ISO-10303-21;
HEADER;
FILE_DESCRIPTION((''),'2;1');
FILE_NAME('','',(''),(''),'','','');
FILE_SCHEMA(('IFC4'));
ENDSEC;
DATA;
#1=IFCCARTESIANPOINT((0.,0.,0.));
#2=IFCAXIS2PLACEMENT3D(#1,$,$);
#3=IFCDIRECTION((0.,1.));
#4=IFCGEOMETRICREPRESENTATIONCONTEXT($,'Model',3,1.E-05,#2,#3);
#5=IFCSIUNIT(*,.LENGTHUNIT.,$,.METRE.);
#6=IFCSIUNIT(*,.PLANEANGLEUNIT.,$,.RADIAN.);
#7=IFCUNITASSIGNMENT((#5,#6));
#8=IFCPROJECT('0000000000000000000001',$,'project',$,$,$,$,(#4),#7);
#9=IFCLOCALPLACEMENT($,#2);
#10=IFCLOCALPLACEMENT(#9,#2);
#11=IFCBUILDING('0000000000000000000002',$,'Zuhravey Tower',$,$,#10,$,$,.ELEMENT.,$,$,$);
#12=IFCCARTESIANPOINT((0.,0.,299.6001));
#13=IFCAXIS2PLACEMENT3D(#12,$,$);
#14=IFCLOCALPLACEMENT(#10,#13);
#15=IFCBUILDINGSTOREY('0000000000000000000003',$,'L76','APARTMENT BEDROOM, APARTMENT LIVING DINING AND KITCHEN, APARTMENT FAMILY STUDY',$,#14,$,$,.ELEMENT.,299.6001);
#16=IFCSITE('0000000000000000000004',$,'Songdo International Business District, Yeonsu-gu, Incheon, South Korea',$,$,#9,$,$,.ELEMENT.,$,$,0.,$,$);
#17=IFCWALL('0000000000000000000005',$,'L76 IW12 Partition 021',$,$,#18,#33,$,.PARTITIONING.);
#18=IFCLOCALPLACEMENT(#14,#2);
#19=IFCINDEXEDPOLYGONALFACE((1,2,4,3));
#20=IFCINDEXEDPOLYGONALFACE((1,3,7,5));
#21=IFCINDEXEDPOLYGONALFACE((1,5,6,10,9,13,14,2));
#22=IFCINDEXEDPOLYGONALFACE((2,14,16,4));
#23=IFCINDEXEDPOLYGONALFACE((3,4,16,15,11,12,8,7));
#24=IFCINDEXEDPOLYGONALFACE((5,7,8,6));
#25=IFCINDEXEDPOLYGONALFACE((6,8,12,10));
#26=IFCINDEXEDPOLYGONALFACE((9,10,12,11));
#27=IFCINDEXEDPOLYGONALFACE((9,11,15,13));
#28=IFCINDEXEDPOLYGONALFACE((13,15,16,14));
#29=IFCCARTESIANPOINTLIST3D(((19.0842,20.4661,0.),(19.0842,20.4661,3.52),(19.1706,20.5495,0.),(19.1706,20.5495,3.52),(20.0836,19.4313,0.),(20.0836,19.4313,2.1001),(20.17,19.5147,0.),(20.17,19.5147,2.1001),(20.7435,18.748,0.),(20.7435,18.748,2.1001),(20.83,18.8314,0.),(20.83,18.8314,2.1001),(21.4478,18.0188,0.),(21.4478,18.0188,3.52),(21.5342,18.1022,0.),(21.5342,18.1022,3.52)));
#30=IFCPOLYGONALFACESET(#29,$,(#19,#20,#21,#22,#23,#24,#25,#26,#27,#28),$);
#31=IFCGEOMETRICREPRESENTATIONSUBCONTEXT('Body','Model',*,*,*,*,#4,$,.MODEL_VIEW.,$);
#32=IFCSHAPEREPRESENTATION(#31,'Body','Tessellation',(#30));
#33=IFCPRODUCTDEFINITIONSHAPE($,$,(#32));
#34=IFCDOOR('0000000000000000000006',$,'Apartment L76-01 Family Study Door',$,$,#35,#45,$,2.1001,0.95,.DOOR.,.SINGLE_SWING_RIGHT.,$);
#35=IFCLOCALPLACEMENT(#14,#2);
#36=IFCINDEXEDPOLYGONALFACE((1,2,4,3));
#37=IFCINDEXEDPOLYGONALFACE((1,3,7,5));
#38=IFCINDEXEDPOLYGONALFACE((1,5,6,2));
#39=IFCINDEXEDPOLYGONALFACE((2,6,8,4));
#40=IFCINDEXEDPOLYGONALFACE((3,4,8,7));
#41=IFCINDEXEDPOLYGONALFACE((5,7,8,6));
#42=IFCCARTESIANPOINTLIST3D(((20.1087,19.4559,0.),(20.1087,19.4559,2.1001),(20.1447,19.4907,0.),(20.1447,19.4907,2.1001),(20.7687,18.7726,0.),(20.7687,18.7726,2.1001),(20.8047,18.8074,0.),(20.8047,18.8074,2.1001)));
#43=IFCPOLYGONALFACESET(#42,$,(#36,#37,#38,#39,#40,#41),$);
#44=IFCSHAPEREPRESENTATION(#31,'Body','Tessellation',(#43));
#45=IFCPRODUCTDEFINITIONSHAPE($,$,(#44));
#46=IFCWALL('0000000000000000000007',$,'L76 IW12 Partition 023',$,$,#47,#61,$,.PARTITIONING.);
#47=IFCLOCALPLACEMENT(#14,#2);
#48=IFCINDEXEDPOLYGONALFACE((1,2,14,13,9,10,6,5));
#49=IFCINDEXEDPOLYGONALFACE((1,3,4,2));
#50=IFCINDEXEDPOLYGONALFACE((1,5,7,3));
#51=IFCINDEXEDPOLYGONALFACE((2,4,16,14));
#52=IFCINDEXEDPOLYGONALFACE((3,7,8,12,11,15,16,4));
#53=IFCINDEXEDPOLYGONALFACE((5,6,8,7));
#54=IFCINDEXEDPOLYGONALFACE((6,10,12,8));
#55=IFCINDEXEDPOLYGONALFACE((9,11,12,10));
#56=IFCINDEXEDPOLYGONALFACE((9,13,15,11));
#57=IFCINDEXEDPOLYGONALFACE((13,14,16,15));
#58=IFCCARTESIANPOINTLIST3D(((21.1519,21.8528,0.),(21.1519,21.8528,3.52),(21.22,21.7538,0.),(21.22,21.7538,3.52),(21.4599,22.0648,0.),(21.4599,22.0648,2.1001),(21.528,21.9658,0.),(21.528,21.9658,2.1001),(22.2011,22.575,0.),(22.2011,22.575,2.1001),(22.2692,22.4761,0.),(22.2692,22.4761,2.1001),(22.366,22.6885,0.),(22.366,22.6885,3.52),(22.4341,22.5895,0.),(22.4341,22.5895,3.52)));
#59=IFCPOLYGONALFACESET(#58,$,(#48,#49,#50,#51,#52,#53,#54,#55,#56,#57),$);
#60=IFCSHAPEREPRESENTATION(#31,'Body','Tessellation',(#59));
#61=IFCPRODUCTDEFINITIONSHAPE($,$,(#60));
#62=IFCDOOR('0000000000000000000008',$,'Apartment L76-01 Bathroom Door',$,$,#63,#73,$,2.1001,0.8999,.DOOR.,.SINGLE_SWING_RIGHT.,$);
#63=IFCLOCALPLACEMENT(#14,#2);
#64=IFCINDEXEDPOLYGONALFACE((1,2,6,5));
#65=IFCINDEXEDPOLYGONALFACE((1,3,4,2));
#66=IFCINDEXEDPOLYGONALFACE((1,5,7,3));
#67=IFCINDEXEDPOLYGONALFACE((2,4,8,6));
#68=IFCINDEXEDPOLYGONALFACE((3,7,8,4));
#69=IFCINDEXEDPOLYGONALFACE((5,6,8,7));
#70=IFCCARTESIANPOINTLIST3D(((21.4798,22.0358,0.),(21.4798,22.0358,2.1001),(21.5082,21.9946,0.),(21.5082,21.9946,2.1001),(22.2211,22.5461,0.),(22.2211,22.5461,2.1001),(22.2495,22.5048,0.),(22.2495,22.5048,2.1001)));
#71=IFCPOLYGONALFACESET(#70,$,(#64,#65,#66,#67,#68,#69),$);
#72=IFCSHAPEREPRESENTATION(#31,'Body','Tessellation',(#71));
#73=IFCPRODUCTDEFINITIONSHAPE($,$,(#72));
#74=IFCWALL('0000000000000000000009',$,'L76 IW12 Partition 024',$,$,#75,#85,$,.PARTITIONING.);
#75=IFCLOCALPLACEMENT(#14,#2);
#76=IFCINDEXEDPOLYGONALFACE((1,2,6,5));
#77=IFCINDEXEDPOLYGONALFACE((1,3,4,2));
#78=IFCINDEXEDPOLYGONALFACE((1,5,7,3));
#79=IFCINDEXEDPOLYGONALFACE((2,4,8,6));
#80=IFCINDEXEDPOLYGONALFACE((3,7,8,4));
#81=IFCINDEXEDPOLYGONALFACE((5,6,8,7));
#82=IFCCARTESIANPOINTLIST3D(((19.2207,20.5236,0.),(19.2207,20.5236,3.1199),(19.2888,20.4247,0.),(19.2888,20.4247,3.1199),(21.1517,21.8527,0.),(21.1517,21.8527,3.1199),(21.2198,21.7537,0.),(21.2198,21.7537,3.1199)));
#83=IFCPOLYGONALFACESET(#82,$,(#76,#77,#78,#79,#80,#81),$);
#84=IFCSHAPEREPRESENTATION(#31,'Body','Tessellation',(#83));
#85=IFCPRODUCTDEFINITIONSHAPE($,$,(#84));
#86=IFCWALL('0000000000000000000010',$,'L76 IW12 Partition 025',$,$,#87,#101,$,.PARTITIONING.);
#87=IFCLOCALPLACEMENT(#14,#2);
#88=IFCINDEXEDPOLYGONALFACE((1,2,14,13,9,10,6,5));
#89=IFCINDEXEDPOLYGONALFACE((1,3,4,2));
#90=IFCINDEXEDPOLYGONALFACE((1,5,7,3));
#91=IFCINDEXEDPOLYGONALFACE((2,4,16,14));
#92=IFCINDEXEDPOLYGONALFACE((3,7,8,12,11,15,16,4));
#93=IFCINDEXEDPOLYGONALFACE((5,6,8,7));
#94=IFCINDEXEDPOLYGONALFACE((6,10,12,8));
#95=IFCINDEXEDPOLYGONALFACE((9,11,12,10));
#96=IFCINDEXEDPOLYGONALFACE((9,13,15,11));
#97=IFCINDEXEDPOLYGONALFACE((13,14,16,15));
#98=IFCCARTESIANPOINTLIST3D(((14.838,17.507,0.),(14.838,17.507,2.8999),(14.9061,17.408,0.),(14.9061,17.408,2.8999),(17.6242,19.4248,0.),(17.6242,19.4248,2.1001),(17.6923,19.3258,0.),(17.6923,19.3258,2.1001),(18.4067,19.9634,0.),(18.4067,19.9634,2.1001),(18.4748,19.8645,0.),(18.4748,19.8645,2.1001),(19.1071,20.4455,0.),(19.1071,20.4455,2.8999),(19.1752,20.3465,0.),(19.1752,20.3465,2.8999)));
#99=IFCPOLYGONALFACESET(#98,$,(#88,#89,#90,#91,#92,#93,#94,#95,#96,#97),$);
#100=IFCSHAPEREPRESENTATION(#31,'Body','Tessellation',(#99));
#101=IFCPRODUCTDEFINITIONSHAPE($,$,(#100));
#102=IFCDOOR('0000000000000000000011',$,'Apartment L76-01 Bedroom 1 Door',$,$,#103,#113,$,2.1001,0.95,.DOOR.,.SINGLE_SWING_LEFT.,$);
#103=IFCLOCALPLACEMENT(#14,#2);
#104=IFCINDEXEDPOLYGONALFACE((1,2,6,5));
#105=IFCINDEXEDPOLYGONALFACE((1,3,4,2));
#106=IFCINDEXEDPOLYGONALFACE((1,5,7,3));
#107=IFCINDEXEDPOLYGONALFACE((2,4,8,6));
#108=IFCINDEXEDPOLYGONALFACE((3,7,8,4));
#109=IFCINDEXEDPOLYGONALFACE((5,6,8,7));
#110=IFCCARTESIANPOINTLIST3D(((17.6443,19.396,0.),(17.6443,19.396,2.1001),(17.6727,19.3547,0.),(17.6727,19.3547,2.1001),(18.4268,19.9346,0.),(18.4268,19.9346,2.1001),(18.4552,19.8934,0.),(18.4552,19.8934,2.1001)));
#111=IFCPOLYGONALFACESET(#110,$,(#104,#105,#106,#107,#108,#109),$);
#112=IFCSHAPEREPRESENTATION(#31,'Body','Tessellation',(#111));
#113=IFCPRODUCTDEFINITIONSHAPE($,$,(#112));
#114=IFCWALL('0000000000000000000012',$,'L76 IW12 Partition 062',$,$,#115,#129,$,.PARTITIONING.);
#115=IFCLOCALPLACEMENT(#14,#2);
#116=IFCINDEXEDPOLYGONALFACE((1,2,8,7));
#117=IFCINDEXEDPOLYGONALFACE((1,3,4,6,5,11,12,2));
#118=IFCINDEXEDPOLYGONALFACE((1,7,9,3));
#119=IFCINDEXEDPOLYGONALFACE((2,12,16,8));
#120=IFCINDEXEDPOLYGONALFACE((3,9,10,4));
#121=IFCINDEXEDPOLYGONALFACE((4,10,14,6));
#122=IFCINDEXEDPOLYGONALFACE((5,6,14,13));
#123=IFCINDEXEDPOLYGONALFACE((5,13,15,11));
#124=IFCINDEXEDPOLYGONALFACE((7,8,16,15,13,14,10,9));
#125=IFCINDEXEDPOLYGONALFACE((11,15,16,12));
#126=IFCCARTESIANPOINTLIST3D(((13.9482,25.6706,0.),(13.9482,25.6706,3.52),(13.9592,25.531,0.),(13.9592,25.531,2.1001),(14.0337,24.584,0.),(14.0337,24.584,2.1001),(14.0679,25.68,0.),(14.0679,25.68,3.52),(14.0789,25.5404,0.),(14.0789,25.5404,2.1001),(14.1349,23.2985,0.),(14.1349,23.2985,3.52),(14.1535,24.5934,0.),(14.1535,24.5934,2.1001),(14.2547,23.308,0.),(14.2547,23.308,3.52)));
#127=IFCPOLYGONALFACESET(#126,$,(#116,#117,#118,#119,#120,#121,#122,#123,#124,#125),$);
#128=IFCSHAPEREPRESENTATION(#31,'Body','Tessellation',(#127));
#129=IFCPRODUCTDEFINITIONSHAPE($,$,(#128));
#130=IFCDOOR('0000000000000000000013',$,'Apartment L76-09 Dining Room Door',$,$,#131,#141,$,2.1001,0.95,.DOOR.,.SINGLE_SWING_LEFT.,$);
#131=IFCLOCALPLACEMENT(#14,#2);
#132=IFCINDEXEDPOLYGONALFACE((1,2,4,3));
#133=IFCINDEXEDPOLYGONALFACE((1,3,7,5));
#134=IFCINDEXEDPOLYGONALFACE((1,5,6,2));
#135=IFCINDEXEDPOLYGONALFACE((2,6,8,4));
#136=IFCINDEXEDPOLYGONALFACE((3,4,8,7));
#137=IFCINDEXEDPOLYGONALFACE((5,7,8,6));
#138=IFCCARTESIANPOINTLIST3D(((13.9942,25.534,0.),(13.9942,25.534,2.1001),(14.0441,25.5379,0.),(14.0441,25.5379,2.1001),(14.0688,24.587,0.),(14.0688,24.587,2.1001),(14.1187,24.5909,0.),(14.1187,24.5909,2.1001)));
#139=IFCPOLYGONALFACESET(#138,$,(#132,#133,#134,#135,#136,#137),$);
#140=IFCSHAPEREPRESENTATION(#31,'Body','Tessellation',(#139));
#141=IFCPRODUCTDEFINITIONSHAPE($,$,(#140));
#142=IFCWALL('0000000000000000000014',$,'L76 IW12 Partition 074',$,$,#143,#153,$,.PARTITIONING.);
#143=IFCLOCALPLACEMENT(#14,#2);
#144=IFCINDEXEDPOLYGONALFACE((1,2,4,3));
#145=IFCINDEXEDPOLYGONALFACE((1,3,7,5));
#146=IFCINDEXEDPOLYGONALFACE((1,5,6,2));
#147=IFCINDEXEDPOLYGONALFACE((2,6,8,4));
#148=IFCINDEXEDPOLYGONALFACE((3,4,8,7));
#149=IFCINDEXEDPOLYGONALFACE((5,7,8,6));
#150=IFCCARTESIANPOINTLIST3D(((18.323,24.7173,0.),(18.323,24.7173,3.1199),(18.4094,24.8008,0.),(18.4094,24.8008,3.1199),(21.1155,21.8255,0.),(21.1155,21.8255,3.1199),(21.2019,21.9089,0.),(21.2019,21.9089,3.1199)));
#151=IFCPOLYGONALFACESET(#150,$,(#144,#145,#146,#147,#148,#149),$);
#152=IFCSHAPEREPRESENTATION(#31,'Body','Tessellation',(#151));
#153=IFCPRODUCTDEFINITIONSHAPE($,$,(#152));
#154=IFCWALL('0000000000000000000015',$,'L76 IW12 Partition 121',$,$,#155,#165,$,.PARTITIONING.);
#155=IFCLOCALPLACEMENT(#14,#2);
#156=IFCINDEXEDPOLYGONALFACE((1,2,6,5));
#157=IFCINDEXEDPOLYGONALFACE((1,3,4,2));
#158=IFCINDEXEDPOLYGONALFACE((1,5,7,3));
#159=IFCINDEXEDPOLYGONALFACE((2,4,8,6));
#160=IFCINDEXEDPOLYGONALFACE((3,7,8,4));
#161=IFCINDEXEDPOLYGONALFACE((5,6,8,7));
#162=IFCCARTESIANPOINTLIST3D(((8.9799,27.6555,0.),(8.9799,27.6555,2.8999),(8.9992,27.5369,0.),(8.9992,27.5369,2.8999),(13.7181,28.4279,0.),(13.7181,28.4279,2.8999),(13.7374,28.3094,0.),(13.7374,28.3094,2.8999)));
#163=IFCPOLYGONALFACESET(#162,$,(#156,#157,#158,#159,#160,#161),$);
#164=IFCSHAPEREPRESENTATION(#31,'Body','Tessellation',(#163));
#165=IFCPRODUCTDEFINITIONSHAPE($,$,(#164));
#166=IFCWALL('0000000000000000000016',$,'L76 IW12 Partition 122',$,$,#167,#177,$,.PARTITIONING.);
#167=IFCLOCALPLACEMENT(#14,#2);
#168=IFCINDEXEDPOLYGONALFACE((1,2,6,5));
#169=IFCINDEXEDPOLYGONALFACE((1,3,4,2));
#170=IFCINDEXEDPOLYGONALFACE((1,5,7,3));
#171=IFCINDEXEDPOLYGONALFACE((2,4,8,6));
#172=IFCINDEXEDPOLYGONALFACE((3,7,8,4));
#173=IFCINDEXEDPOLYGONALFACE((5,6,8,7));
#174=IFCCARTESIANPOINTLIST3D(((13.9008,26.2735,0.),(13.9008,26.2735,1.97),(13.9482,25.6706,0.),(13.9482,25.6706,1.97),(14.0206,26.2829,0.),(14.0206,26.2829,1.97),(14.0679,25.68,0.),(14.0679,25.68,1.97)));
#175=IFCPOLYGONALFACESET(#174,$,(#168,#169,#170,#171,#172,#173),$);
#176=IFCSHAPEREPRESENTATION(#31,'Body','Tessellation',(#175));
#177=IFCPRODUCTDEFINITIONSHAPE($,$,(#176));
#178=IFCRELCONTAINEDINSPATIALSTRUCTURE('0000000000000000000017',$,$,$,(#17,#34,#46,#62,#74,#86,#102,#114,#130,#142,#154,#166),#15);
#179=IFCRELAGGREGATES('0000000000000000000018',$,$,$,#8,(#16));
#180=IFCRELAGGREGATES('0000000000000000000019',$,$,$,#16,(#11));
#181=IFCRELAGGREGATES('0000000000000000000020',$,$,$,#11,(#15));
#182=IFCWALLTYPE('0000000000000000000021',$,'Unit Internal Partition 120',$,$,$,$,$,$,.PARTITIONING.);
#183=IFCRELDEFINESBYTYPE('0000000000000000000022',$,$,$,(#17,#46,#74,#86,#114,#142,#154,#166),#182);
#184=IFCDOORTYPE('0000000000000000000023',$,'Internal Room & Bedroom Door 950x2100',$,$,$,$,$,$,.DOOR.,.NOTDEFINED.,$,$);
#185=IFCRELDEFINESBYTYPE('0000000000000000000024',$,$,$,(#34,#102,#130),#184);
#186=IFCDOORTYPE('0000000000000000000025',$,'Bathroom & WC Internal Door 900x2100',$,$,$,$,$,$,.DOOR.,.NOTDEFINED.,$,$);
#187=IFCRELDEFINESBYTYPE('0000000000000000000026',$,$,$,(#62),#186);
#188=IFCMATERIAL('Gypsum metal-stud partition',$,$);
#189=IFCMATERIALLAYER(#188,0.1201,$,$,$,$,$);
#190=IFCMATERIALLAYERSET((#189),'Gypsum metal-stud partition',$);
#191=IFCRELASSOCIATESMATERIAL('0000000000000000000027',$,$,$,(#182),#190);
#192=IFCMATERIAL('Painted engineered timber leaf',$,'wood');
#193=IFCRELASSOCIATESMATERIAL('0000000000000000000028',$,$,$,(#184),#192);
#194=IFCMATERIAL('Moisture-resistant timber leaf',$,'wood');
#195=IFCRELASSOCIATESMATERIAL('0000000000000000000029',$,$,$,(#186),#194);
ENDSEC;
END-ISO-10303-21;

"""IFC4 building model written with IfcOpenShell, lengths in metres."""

from ifc_helpers import new_model, si_unit, direction, frame, frame_2d, origin, place, context, subcontext, project, spatial, rectangle, extrude, material, layer, layer_set, type_object, element, fill, save


model = new_model("IFC4")

# Units and contexts
model_context = context("Model", 3, precision=1e-05, world=origin(), true_north=direction((0.0, 1.0)))
body_context = subcontext(model_context, "Body", "Model", "MODEL_VIEW")
ifc_project = project(units=[si_unit("LENGTHUNIT", "METRE"), si_unit("PLANEANGLEUNIT", "RADIAN")], contexts=[model_context])

# Site, building, storey
site_placement = place(None, origin())
site = spatial("IfcSite", under=ifc_project, at=site_placement, Name="Songdo International Business District, Yeonsu-gu, Incheon, South Korea", CompositionType="ELEMENT", RefElevation=0.0)
building_placement = place(site_placement, origin())
building = spatial("IfcBuilding", under=site, at=building_placement, Name="Zuhravey Tower", CompositionType="ELEMENT")
storey_placement = place(building_placement, frame((0.0, 0.0, 299.6001)))
storey = spatial("IfcBuildingStorey", under=building, at=storey_placement, Name="L76", Description="APARTMENT BEDROOM, APARTMENT LIVING DINING AND KITCHEN, APARTMENT FAMILY STUDY", CompositionType="ELEMENT", Elevation=299.6001)

# Walls, openings, doors
ifc_material_1 = material(Name="Gypsum metal-stud partition")
ifc_layer_1 = layer(ifc_material_1, 0.1201)
ifc_layer_set_1 = layer_set([ifc_layer_1], Name="Gypsum metal-stud partition")
wall_type_1 = type_object("IfcWallType", Name="Unit Internal Partition 120", PredefinedType="PARTITIONING", material=ifc_layer_set_1)
wall_1_placement = place(storey_placement, frame((19.1274, 20.5078, 0.0), z_axis=(0.0, 0.0, 1.0), x_axis=(0.694693, -0.719306, 0.0)))
wall_1 = element("IfcWall", 1, at=wall_1_placement, inside=storey, type_object=wall_type_1, Name="L76 IW12 Partition 021", PredefinedType="PARTITIONING", context=body_context, shape_type="SweptSolid", body=[
    extrude(rectangle(XDim=3.4023, YDim=0.1201, at=frame_2d((1.7012, 0.0))), origin(), (0.0, 0.0, 1.0), 3.52),
])
opening_1_placement = place(wall_1_placement, frame((1.4385, 0.0, 0.0)))
opening_1 = element("IfcOpeningElement", 2, at=opening_1_placement, cuts=wall_1, PredefinedType="OPENING", context=body_context, shape_type="SweptSolid", body=[
    extrude(rectangle(XDim=0.95, YDim=2.1001, at=frame_2d((0.4751, 1.05))), frame((0.0, 0.072, 0.0), z_axis=(0.0, -1.0, 0.0), x_axis=(1.0, 0.0, 0.0)), (0.0, 0.0, 1.0), 0.144),
])
ifc_material_2 = material(Name="Painted engineered timber leaf", Category="wood")
door_type_1 = type_object("IfcDoorType", Name="Internal Room & Bedroom Door 950x2100", OperationType="NOTDEFINED", PredefinedType="DOOR", material=ifc_material_2)
door_1_placement = place(opening_1_placement, frame((0.95, 0.0, 0.0), z_axis=(0.0, 0.0, 1.0), x_axis=(-1.0, 0.0, 0.0)))
door_1 = element("IfcDoor", 3, at=door_1_placement, inside=storey, type_object=door_type_1, Name="Apartment L76-01 Family Study Door", OperationType="SINGLE_SWING_RIGHT", OverallHeight=2.1001, OverallWidth=0.95, PredefinedType="DOOR", context=body_context, shape_type="SweptSolid", body=[
    extrude(rectangle(XDim=0.95, YDim=2.1001, at=frame_2d((0.4751, 1.05))), frame((0.0, 0.0249, 0.0), z_axis=(0.0, -1.0, 0.0), x_axis=(1.0, 0.0, 0.0)), (0.0, 0.0, 1.0), 0.05),
])
fill(opening_1, door_1)
wall_2_placement = place(storey_placement, frame((22.3999, 22.6389, 0.0), z_axis=(0.0, 0.0, 1.0), x_axis=(-0.823728, -0.566986, 0.0)))
wall_2 = element("IfcWall", 4, at=wall_2_placement, inside=storey, type_object=wall_type_1, Name="L76 IW12 Partition 023", PredefinedType="PARTITIONING", context=body_context, shape_type="SweptSolid", body=[
    extrude(rectangle(XDim=1.4739, YDim=0.1201, at=frame_2d((0.7368, 0.0))), origin(), (0.0, 0.0, 1.0), 3.52),
])
opening_2_placement = place(wall_2_placement, frame((0.2, 0.0, 0.0)))
opening_2 = element("IfcOpeningElement", 5, at=opening_2_placement, cuts=wall_2, PredefinedType="OPENING", context=body_context, shape_type="SweptSolid", body=[
    extrude(rectangle(XDim=0.8999, YDim=2.1001, at=frame_2d((0.45, 1.05))), frame((0.0, 0.072, 0.0), z_axis=(0.0, -1.0, 0.0), x_axis=(1.0, 0.0, 0.0)), (0.0, 0.0, 1.0), 0.144),
])
ifc_material_3 = material(Name="Moisture-resistant timber leaf", Category="wood")
door_type_2 = type_object("IfcDoorType", Name="Bathroom & WC Internal Door 900x2100", OperationType="NOTDEFINED", PredefinedType="DOOR", material=ifc_material_3)
door_2_placement = place(opening_2_placement, frame((0.8999, 0.0, 0.0), z_axis=(0.0, 0.0, 1.0), x_axis=(-1.0, 0.0, 0.0)))
door_2 = element("IfcDoor", 6, at=door_2_placement, inside=storey, type_object=door_type_2, Name="Apartment L76-01 Bathroom Door", OperationType="SINGLE_SWING_RIGHT", OverallHeight=2.1001, OverallWidth=0.8999, PredefinedType="DOOR", context=body_context, shape_type="SweptSolid", body=[
    extrude(rectangle(XDim=0.8999, YDim=2.1001, at=frame_2d((0.45, 1.05))), frame((0.0, 0.0249, 0.0), z_axis=(0.0, -1.0, 0.0), x_axis=(1.0, 0.0, 0.0)), (0.0, 0.0, 1.0), 0.05),
])
fill(opening_2, door_2)

# Wall
wall_3_placement = place(storey_placement, frame((21.1858, 21.8032, 0.0), z_axis=(0.0, 0.0, 1.0), x_axis=(-0.823756, -0.566944, 0.0)))
element("IfcWall", 7, at=wall_3_placement, inside=storey, type_object=wall_type_1, Name="L76 IW12 Partition 024", PredefinedType="PARTITIONING", context=body_context, shape_type="SweptSolid", body=[
    extrude(rectangle(XDim=2.3442, YDim=0.1201, at=frame_2d((1.1721, 0.0))), origin(), (0.0, 0.0, 1.0), 3.1199),
])

# Walls, openings, doors
wall_4_placement = place(storey_placement, frame((19.1411, 20.396, 0.0), z_axis=(0.0, 0.0, 1.0), x_axis=(-0.823726, -0.566989, 0.0)))
wall_4 = element("IfcWall", 8, at=wall_4_placement, inside=storey, type_object=wall_type_1, Name="L76 IW12 Partition 025", PredefinedType="PARTITIONING", context=body_context, shape_type="SweptSolid", body=[
    extrude(rectangle(XDim=5.1826, YDim=0.1201, at=frame_2d((2.5913, 0.0))), origin(), (0.0, 0.0, 1.0), 2.8999),
])
opening_3_placement = place(wall_4_placement, frame((0.8501, 0.0, 0.0)))
opening_3 = element("IfcOpeningElement", 9, at=opening_3_placement, cuts=wall_4, PredefinedType="OPENING", context=body_context, shape_type="SweptSolid", body=[
    extrude(rectangle(XDim=0.95, YDim=2.1001, at=frame_2d((0.4751, 1.05))), frame((0.0, 0.072, 0.0), z_axis=(0.0, -1.0, 0.0), x_axis=(1.0, 0.0, 0.0)), (0.0, 0.0, 1.0), 0.144),
])
door_3_placement = place(opening_3_placement, frame((0.95, 0.0, 0.0), z_axis=(0.0, 0.0, 1.0), x_axis=(-1.0, 0.0, 0.0)))
door_3 = element("IfcDoor", 10, at=door_3_placement, inside=storey, type_object=door_type_1, Name="Apartment L76-01 Bedroom 1 Door", OperationType="SINGLE_SWING_LEFT", OverallHeight=2.1001, OverallWidth=0.95, PredefinedType="DOOR", context=body_context, shape_type="SweptSolid", body=[
    extrude(rectangle(XDim=0.95, YDim=2.1001, at=frame_2d((0.4751, 1.05))), frame((0.0, 0.0249, 0.0), z_axis=(0.0, -1.0, 0.0), x_axis=(1.0, 0.0, 0.0)), (0.0, 0.0, 1.0), 0.05),
])
fill(opening_3, door_3)
wall_5_placement = place(storey_placement, frame((14.0081, 25.6753, 0.0), z_axis=(0.0, 0.0, 1.0), x_axis=(0.078493, -0.996915, 0.0)))
wall_5 = element("IfcWall", 11, at=wall_5_placement, inside=storey, type_object=wall_type_1, Name="L76 IW12 Partition 062", PredefinedType="PARTITIONING", context=body_context, shape_type="SweptSolid", body=[
    extrude(rectangle(XDim=2.3794, YDim=0.1201, at=frame_2d((1.1897, 0.0))), origin(), (0.0, 0.0, 1.0), 3.52),
])
opening_4_placement = place(wall_5_placement, frame((0.1399, 0.0, 0.0)))
opening_4 = element("IfcOpeningElement", 12, at=opening_4_placement, cuts=wall_5, PredefinedType="OPENING", context=body_context, shape_type="SweptSolid", body=[
    extrude(rectangle(XDim=0.95, YDim=2.1001, at=frame_2d((0.4751, 1.05))), frame((0.0, 0.072, 0.0), z_axis=(0.0, -1.0, 0.0), x_axis=(1.0, 0.0, 0.0)), (0.0, 0.0, 1.0), 0.144),
])
door_4_placement = place(opening_4_placement, frame((0.95, 0.0, 0.0), z_axis=(0.0, 0.0, 1.0), x_axis=(-1.0, 0.0, 0.0)))
door_4 = element("IfcDoor", 13, at=door_4_placement, inside=storey, type_object=door_type_1, Name="Apartment L76-09 Dining Room Door", OperationType="SINGLE_SWING_LEFT", OverallHeight=2.1001, OverallWidth=0.95, PredefinedType="DOOR", context=body_context, shape_type="SweptSolid", body=[
    extrude(rectangle(XDim=0.95, YDim=2.1001, at=frame_2d((0.4751, 1.05))), frame((0.0, 0.0249, 0.0), z_axis=(0.0, -1.0, 0.0), x_axis=(1.0, 0.0, 0.0)), (0.0, 0.0, 1.0), 0.05),
])
fill(opening_4, door_4)

# Walls
wall_6_placement = place(storey_placement, frame((18.3662, 24.759, 0.0), z_axis=(0.0, 0.0, 1.0), x_axis=(0.69464, -0.719358, 0.0)))
element("IfcWall", 14, at=wall_6_placement, inside=storey, type_object=wall_type_1, Name="L76 IW12 Partition 074", PredefinedType="PARTITIONING", context=body_context, shape_type="SweptSolid", body=[
    extrude(rectangle(XDim=4.02, YDim=0.1201, at=frame_2d((2.01, 0.0))), origin(), (0.0, 0.0, 1.0), 3.1199),
])
wall_7_placement = place(storey_placement, frame((13.7278, 28.3687, 0.0), z_axis=(0.0, 0.0, 1.0), x_axis=(-0.98697, -0.160901, 0.0)))
element("IfcWall", 15, at=wall_7_placement, inside=storey, type_object=wall_type_1, Name="L76 IW12 Partition 121", PredefinedType="PARTITIONING", context=body_context, shape_type="SweptSolid", body=[
    extrude(rectangle(XDim=4.8008, YDim=0.1201, at=frame_2d((2.4004, 0.0))), origin(), (0.0, 0.0, 1.0), 2.8999),
])
wall_8_placement = place(storey_placement, frame((13.9607, 26.2781, 0.0), z_axis=(0.0, 0.0, 1.0), x_axis=(0.078333, -0.996927, 0.0)))
element("IfcWall", 16, at=wall_8_placement, inside=storey, type_object=wall_type_1, Name="L76 IW12 Partition 122", PredefinedType="PARTITIONING", context=body_context, shape_type="SweptSolid", body=[
    extrude(rectangle(XDim=0.6047, YDim=0.1201, at=frame_2d((0.3022, 0.0))), origin(), (0.0, 0.0, 1.0), 1.97),
])

save(model, "model.ifc")
